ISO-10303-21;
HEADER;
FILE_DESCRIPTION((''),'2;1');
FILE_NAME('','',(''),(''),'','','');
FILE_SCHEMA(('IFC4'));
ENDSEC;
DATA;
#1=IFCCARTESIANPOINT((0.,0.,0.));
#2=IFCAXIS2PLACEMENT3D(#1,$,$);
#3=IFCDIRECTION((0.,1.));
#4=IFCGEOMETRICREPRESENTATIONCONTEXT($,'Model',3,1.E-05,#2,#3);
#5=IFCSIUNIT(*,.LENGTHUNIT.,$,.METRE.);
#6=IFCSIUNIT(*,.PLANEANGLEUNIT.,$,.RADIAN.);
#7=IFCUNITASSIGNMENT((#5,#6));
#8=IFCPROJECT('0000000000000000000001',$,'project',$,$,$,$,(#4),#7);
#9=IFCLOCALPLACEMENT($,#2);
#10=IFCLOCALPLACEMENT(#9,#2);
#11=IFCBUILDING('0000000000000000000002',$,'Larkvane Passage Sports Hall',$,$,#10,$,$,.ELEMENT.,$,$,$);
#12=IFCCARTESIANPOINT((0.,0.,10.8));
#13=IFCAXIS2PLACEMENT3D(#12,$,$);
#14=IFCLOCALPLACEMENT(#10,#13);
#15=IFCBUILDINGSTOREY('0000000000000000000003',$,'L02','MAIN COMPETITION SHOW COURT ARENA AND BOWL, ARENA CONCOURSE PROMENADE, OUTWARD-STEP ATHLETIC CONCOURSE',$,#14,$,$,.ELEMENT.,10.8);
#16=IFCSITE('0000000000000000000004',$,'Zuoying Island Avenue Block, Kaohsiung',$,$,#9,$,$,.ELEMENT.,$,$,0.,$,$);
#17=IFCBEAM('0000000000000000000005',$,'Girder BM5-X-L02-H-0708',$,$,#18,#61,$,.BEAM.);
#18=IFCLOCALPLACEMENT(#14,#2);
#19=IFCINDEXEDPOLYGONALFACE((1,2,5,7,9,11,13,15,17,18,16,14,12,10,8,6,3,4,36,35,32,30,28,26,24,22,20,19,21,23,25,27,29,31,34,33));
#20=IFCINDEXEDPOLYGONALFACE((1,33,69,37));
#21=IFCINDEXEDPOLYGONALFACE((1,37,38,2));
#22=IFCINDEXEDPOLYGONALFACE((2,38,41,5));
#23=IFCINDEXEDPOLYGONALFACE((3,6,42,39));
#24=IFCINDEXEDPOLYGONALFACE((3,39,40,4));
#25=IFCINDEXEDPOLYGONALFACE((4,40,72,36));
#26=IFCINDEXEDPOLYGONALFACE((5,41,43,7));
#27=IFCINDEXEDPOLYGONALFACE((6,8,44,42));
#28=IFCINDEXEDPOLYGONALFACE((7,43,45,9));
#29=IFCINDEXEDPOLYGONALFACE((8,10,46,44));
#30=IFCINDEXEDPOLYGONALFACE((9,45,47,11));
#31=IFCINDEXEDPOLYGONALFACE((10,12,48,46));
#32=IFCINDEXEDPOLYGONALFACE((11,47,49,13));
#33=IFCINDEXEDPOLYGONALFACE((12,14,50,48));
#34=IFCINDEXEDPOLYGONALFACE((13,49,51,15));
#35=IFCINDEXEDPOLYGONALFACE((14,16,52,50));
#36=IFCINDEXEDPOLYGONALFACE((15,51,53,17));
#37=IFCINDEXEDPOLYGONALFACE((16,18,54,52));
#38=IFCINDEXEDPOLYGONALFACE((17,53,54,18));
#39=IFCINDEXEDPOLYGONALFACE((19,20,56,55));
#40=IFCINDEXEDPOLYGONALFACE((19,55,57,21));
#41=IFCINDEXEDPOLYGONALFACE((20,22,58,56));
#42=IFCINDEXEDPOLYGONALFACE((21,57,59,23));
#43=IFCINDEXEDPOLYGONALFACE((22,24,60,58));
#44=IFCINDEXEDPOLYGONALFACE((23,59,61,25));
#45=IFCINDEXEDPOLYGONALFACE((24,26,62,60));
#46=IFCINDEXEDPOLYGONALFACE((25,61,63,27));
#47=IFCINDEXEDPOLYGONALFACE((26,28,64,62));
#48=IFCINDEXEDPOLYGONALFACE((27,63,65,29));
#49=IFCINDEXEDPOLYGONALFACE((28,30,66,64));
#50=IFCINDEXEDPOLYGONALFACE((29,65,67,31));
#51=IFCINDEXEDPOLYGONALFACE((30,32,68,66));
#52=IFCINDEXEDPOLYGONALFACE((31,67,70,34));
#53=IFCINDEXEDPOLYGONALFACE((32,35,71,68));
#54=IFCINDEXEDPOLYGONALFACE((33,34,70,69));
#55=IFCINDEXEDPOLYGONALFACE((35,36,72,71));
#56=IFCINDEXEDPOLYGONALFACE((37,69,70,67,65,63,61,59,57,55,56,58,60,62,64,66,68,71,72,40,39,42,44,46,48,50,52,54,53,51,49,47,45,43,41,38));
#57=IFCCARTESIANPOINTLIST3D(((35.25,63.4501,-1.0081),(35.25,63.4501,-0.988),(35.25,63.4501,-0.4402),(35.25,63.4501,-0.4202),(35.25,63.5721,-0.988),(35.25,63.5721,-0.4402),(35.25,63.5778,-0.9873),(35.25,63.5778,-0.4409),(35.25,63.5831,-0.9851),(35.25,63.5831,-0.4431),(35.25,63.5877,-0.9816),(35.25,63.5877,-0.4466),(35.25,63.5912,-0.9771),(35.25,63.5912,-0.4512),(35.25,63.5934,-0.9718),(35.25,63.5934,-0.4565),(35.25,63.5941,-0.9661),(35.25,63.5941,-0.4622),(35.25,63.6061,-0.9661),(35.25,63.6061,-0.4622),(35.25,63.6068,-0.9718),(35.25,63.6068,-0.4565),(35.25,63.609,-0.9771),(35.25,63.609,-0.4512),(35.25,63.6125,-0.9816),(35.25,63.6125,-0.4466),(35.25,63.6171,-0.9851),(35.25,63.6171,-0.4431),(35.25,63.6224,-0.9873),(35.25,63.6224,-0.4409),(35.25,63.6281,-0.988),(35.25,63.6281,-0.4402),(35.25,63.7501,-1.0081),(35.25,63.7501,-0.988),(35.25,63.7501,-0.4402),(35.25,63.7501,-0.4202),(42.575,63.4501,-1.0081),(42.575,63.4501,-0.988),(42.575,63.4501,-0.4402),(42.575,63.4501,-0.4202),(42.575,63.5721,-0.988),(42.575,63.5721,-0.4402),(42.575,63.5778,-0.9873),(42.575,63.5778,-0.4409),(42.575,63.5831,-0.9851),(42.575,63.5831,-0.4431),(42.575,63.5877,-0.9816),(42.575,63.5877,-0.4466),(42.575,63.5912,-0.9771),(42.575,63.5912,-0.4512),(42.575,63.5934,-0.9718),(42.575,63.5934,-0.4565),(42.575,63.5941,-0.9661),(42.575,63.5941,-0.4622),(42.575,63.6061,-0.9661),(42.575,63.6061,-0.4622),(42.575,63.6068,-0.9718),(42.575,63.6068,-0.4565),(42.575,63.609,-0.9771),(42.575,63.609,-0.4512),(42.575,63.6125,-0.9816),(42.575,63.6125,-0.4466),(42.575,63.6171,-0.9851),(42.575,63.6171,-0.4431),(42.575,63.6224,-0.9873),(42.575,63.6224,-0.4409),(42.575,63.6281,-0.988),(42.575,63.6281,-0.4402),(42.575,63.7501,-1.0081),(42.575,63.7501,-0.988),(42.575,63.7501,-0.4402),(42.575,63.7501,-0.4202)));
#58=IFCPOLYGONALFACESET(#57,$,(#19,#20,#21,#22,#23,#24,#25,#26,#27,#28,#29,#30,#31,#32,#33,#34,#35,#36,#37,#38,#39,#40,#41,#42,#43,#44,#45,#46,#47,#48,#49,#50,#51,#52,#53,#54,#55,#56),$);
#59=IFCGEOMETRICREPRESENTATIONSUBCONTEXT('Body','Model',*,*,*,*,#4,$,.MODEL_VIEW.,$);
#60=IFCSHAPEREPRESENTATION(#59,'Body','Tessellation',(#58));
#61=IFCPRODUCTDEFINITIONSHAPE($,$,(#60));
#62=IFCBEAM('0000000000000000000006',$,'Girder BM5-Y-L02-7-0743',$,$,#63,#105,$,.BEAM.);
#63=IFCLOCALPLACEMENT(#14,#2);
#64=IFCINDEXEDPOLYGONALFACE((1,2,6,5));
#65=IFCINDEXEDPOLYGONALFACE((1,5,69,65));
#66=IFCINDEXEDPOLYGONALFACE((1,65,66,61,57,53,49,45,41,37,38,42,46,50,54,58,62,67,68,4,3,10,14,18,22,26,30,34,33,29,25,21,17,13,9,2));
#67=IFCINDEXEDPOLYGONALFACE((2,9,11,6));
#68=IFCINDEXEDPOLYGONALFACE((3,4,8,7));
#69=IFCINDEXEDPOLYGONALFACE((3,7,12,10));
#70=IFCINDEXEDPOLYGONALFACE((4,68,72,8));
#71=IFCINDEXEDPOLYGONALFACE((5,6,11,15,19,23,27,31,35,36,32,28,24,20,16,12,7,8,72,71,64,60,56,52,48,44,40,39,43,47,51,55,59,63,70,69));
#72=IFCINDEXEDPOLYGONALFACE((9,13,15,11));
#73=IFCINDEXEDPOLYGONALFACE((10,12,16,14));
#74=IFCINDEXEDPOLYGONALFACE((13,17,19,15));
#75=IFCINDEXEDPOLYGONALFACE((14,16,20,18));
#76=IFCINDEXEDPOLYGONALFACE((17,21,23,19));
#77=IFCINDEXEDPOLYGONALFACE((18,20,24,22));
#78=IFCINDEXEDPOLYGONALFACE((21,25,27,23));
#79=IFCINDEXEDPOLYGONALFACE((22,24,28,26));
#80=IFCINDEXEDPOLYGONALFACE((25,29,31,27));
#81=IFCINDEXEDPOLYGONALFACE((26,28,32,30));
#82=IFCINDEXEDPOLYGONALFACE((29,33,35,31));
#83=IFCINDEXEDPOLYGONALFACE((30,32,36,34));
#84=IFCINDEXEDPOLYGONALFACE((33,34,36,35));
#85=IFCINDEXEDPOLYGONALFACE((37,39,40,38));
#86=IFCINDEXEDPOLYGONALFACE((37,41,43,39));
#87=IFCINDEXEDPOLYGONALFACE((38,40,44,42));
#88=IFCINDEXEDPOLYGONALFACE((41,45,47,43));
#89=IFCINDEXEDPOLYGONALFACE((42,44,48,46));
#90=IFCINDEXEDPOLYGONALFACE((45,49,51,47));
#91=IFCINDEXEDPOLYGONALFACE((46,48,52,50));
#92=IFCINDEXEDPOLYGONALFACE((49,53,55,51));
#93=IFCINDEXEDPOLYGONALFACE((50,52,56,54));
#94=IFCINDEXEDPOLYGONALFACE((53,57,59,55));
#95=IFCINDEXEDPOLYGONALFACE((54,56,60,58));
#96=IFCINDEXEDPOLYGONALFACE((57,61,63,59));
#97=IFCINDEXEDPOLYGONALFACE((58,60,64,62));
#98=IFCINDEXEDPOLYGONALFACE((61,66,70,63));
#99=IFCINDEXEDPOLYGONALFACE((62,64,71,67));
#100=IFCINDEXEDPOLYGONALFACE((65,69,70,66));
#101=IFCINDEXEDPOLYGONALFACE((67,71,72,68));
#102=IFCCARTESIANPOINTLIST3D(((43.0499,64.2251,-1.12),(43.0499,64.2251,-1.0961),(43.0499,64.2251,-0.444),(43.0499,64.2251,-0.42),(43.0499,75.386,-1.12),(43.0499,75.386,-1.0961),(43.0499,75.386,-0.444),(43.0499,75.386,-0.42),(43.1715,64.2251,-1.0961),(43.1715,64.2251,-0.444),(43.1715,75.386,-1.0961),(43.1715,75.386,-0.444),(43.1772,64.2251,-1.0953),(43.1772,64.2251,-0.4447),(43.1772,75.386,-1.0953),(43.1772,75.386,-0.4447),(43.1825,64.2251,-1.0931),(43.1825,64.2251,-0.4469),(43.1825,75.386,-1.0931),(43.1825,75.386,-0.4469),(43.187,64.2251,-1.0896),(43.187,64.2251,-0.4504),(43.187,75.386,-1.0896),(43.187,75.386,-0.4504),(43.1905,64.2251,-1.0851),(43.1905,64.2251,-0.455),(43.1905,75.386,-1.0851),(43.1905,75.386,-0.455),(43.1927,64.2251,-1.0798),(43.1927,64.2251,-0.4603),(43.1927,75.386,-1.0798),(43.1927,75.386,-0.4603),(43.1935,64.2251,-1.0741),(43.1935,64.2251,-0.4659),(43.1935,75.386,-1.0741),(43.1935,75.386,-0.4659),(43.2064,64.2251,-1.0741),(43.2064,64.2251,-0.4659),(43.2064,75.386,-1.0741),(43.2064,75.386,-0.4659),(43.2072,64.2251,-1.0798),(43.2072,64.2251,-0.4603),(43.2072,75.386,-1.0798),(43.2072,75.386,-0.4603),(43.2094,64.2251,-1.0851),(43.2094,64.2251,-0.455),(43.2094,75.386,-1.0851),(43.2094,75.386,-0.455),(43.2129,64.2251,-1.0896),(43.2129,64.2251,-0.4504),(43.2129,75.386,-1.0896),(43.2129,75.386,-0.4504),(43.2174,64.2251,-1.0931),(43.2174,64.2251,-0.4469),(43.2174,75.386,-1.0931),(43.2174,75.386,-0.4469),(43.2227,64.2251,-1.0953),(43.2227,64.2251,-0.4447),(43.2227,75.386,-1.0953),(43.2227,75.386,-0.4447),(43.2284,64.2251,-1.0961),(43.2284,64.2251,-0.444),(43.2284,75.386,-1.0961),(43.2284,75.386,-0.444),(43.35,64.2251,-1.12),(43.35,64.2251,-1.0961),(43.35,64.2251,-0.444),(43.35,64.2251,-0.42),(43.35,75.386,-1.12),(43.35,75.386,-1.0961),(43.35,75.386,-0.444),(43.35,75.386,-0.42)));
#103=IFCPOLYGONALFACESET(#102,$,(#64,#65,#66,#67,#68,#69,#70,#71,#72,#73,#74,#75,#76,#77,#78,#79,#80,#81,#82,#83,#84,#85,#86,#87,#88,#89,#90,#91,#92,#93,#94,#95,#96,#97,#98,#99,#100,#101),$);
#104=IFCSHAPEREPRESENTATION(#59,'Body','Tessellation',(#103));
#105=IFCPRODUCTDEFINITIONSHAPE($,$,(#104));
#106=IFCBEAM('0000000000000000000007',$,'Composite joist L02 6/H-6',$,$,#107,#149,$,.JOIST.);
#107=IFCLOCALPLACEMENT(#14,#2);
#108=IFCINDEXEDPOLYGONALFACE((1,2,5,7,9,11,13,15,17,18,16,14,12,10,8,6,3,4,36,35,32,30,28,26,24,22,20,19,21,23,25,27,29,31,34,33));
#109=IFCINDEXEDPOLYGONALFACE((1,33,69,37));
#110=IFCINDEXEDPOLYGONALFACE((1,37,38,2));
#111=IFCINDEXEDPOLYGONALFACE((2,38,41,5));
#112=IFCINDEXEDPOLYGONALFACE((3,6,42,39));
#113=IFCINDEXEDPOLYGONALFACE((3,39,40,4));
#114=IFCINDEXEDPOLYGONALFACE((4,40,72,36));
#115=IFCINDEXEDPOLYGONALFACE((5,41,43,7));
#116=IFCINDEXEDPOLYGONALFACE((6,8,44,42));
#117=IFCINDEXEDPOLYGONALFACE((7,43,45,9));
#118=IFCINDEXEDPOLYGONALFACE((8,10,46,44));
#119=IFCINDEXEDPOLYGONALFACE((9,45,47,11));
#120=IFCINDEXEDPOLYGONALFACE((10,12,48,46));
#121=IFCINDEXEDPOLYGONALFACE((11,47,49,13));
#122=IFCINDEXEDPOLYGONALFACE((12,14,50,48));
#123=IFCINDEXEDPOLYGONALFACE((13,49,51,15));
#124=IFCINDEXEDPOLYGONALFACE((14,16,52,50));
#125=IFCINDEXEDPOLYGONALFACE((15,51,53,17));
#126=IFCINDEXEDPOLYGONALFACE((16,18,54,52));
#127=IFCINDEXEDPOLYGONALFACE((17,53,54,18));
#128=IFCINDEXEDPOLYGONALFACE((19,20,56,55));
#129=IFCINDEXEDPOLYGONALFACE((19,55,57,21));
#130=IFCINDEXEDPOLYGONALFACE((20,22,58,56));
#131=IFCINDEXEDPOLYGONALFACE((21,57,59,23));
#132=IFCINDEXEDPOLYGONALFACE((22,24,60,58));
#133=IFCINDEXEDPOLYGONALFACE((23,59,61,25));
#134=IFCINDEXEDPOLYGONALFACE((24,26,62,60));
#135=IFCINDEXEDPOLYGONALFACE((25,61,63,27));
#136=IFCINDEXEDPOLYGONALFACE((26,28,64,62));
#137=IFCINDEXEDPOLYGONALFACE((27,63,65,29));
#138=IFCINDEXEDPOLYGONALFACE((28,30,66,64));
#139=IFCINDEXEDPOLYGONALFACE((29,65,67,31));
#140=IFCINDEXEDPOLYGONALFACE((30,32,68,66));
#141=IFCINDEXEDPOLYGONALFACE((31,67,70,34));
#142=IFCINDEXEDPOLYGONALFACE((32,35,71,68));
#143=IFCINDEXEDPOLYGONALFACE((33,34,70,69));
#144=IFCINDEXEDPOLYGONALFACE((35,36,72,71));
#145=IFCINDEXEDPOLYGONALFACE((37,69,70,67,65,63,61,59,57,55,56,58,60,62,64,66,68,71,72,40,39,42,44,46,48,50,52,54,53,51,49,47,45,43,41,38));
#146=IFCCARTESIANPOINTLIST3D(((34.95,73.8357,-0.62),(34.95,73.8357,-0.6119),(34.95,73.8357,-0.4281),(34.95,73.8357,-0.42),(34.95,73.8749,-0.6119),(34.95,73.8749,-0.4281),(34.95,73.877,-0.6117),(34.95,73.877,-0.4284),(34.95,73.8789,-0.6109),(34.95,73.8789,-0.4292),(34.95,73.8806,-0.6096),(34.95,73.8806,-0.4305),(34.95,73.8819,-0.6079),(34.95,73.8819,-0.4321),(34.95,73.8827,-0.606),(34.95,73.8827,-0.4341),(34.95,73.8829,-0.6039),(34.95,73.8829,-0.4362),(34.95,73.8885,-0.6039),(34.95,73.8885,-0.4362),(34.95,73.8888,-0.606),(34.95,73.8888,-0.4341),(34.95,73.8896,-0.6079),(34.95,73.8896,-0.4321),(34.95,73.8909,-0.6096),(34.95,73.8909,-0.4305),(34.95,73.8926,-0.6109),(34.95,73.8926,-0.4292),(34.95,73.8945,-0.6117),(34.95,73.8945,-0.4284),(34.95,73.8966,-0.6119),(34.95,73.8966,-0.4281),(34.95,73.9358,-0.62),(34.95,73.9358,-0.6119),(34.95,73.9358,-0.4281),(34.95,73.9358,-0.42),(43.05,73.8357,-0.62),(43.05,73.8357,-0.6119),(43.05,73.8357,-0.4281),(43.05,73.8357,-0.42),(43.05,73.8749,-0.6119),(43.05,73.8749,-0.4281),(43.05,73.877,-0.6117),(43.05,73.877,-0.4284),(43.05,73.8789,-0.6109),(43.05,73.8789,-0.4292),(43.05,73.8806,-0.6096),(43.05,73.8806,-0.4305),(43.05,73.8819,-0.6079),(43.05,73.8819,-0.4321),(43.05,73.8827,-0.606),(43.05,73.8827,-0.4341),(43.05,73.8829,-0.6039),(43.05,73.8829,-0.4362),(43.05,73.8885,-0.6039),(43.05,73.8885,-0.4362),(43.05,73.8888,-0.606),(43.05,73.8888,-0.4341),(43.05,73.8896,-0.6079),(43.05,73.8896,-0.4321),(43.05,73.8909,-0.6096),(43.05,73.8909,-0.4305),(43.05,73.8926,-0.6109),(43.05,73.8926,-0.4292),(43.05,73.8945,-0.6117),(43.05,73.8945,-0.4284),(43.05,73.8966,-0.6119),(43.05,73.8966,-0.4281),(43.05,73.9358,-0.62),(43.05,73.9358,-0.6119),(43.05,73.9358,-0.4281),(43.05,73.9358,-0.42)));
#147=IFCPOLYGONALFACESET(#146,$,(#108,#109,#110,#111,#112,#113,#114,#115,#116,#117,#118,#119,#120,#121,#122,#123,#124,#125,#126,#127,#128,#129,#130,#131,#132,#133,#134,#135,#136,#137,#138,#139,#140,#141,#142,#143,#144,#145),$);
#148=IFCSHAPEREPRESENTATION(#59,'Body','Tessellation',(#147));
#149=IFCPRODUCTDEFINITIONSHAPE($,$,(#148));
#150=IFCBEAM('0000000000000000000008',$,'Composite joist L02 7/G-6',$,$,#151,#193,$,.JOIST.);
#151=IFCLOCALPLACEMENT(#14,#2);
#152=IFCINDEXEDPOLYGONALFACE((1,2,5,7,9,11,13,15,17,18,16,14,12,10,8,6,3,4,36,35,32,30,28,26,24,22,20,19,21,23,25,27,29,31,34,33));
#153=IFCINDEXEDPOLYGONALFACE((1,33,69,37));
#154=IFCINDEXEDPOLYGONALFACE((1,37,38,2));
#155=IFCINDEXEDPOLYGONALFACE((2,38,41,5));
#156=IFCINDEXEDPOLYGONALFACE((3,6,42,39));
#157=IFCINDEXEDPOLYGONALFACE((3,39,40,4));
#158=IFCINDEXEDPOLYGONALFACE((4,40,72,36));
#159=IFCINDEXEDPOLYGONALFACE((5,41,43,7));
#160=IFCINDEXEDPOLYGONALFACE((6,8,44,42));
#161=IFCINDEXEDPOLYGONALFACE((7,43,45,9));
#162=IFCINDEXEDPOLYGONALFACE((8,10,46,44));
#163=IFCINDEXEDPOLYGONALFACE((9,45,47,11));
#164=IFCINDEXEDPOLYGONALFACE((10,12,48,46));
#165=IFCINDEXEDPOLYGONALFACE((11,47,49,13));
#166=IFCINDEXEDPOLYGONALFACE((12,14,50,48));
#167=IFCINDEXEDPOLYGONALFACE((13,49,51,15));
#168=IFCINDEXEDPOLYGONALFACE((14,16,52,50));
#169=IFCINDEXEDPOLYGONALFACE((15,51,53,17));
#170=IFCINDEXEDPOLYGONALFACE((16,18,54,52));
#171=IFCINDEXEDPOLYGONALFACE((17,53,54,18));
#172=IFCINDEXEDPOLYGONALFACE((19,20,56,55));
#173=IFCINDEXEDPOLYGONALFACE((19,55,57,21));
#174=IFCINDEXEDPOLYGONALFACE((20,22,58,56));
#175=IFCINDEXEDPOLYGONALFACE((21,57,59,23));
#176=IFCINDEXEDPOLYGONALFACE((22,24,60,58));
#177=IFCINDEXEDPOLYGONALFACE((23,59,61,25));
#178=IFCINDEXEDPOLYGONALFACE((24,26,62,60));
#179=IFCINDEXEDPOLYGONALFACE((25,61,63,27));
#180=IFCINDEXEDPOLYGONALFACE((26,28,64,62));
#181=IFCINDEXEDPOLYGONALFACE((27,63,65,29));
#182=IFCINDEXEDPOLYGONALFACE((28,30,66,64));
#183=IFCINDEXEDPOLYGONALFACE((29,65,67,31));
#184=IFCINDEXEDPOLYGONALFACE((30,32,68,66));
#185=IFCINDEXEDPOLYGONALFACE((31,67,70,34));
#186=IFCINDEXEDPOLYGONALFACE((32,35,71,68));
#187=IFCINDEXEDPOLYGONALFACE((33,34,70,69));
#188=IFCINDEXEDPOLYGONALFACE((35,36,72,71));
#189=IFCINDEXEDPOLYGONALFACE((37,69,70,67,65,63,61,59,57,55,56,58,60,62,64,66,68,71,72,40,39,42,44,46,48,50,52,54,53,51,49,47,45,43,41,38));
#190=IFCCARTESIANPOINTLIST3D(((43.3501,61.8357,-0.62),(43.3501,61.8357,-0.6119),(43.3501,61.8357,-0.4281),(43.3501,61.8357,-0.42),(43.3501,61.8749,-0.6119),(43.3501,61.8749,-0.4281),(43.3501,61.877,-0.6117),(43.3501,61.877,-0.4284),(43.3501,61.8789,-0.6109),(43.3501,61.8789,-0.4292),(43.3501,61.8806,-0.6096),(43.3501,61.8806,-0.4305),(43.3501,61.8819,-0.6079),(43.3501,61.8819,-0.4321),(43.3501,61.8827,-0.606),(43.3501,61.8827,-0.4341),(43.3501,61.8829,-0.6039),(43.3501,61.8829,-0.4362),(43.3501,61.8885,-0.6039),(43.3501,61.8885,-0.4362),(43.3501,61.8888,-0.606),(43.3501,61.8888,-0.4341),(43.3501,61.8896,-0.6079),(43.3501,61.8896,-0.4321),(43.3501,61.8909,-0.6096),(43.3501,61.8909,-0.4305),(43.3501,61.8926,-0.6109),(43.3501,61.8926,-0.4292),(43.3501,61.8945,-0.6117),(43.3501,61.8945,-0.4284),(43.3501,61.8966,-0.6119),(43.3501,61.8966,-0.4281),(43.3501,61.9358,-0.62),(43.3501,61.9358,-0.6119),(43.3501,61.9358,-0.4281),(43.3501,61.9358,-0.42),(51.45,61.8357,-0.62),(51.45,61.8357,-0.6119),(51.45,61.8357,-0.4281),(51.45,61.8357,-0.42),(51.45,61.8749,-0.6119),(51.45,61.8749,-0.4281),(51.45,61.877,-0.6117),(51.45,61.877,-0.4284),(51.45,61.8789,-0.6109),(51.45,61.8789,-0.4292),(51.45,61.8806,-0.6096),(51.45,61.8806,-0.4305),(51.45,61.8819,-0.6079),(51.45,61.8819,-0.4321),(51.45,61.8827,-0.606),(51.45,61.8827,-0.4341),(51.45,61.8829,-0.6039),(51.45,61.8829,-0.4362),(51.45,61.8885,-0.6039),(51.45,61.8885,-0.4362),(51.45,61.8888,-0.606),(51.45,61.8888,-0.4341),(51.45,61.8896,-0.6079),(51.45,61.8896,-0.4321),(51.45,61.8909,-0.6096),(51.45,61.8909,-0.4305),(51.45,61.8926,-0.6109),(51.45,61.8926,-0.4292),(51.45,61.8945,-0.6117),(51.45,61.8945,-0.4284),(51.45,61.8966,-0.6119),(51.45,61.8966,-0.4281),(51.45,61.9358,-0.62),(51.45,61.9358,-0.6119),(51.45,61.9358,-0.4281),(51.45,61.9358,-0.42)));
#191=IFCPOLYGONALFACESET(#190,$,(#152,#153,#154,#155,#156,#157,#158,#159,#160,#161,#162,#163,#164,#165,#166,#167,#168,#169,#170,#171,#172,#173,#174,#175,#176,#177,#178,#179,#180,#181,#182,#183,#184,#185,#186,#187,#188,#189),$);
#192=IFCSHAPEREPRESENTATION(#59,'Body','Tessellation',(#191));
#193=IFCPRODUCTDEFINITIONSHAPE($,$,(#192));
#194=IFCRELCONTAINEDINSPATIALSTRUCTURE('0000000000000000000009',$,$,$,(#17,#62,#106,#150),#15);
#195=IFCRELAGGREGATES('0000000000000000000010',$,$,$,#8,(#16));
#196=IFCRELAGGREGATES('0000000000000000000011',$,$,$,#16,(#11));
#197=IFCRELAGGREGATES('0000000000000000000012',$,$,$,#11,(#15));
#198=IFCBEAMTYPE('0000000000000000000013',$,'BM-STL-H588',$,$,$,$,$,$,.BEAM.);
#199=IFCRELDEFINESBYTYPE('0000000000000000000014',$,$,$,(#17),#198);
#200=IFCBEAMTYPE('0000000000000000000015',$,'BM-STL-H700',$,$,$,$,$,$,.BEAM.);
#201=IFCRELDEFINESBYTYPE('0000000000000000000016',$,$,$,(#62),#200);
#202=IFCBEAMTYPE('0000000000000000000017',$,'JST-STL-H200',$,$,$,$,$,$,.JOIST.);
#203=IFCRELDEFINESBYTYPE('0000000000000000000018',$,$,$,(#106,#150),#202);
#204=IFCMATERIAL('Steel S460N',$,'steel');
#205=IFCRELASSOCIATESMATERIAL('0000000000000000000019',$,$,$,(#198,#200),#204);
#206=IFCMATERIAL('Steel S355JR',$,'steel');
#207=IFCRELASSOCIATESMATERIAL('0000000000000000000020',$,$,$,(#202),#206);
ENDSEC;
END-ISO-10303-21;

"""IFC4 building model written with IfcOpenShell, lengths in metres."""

from ifc_helpers import new_model, si_unit, direction, frame, origin, origin_2d, place, context, subcontext, project, spatial, i_section, extrude, material, material_profile, profile_set, type_object, element, save


model = new_model("IFC4")

# Units and contexts
model_context = context("Model", 3, precision=1e-05, world=origin(), true_north=direction((0.0, 1.0)))
body_context = subcontext(model_context, "Body", "Model", "MODEL_VIEW")
ifc_project = project(units=[si_unit("LENGTHUNIT", "METRE"), si_unit("PLANEANGLEUNIT", "RADIAN")], contexts=[model_context])

# Site, building, storey
site_placement = place(None, origin())
site = spatial("IfcSite", under=ifc_project, at=site_placement, Name="Zuoying Island Avenue Block, Kaohsiung", CompositionType="ELEMENT", RefElevation=0.0)
building_placement = place(site_placement, origin())
building = spatial("IfcBuilding", under=site, at=building_placement, Name="Larkvane Passage Sports Hall", CompositionType="ELEMENT")
storey_placement = place(building_placement, frame((0.0, 0.0, 10.8)))
storey = spatial("IfcBuildingStorey", under=building, at=storey_placement, Name="L02", Description="MAIN COMPETITION SHOW COURT ARENA AND BOWL, ARENA CONCOURSE PROMENADE, OUTWARD-STEP ATHLETIC CONCOURSE", CompositionType="ELEMENT", Elevation=10.8)

# Shared definitions
ifc_material_1 = material(Name="Steel S460N", Category="steel")

# Beams
ifc_material_2 = material(Name="Steel S355JR", Category="steel")
ifc_material_profile_1 = material_profile(ifc_material_1, i_section(OverallWidth=0.3, OverallDepth=0.5879, WebThickness=0.012, FlangeThickness=0.02, FilletRadius=0.022, at=origin_2d()), Name="H-588x300x12x20")
ifc_profile_set_1 = profile_set([ifc_material_profile_1], Name="Steel S460N")
beam_type_1 = type_object("IfcBeamType", Name="BM-STL-H588", PredefinedType="BEAM", material=ifc_profile_set_1)
beam_1_placement = place(storey_placement, frame((35.25, 63.6001, -0.7141), z_axis=(1.0, 0.0, 0.0), x_axis=(0.0, 1.0, 0.0)))
element("IfcBeam", 1, at=beam_1_placement, inside=storey, type_object=beam_type_1, Name="Girder BM5-X-L02-H-0708", PredefinedType="BEAM", context=body_context, shape_type="SweptSolid", body=[
    extrude(i_section(OverallWidth=0.3, OverallDepth=0.5879, WebThickness=0.012, FlangeThickness=0.02, FilletRadius=0.022, at=origin_2d()), origin(), (0.0, 0.0, 1.0), 7.325),
])
ifc_material_profile_2 = material_profile(ifc_material_1, i_section(OverallWidth=0.3, OverallDepth=0.7, WebThickness=0.0129, FlangeThickness=0.0239, FilletRadius=0.022, at=origin_2d()), Name="H-700x300x13x24")
ifc_profile_set_2 = profile_set([ifc_material_profile_2], Name="Steel S460N")
beam_type_2 = type_object("IfcBeamType", Name="BM-STL-H700", PredefinedType="BEAM", material=ifc_profile_set_2)
beam_2_placement = place(storey_placement, frame((43.2, 64.2251, -0.77), z_axis=(0.0, 1.0, 0.0), x_axis=(-1.0, 0.0, 0.0)))
element("IfcBeam", 2, at=beam_2_placement, inside=storey, type_object=beam_type_2, Name="Girder BM5-Y-L02-7-0743", PredefinedType="BEAM", context=body_context, shape_type="SweptSolid", body=[
    extrude(i_section(OverallWidth=0.3, OverallDepth=0.7, WebThickness=0.0129, FlangeThickness=0.0239, FilletRadius=0.022, at=origin_2d()), origin(), (0.0, 0.0, 1.0), 11.1609),
])
ifc_material_profile_3 = material_profile(ifc_material_2, i_section(OverallWidth=0.1001, OverallDepth=0.2, WebThickness=0.0056, FlangeThickness=0.0081, FilletRadius=0.0081, at=origin_2d()), Name="H-200x100x5.5x8")
ifc_profile_set_3 = profile_set([ifc_material_profile_3], Name="Steel S355JR")
beam_type_3 = type_object("IfcBeamType", Name="JST-STL-H200", PredefinedType="JOIST", material=ifc_profile_set_3)
beam_3_placement = place(storey_placement, frame((34.95, 73.8857, -0.52), z_axis=(1.0, 0.0, 0.0), x_axis=(0.0, 1.0, 0.0)))
element("IfcBeam", 3, at=beam_3_placement, inside=storey, type_object=beam_type_3, Name="Composite joist L02 6/H-6", PredefinedType="JOIST", context=body_context, shape_type="SweptSolid", body=[
    extrude(i_section(OverallWidth=0.1001, OverallDepth=0.2, WebThickness=0.0056, FlangeThickness=0.0081, FilletRadius=0.0081, at=origin_2d()), origin(), (0.0, 0.0, 1.0), 8.1001),
])
beam_4_placement = place(storey_placement, frame((43.3501, 61.8857, -0.52), z_axis=(1.0, 0.0, 0.0), x_axis=(0.0, 1.0, 0.0)))
element("IfcBeam", 4, at=beam_4_placement, inside=storey, type_object=beam_type_3, Name="Composite joist L02 7/G-6", PredefinedType="JOIST", context=body_context, shape_type="SweptSolid", body=[
    extrude(i_section(OverallWidth=0.1001, OverallDepth=0.2, WebThickness=0.0056, FlangeThickness=0.0081, FilletRadius=0.0081, at=origin_2d()), origin(), (0.0, 0.0, 1.0), 8.0999),
])

save(model, "model.ifc")
